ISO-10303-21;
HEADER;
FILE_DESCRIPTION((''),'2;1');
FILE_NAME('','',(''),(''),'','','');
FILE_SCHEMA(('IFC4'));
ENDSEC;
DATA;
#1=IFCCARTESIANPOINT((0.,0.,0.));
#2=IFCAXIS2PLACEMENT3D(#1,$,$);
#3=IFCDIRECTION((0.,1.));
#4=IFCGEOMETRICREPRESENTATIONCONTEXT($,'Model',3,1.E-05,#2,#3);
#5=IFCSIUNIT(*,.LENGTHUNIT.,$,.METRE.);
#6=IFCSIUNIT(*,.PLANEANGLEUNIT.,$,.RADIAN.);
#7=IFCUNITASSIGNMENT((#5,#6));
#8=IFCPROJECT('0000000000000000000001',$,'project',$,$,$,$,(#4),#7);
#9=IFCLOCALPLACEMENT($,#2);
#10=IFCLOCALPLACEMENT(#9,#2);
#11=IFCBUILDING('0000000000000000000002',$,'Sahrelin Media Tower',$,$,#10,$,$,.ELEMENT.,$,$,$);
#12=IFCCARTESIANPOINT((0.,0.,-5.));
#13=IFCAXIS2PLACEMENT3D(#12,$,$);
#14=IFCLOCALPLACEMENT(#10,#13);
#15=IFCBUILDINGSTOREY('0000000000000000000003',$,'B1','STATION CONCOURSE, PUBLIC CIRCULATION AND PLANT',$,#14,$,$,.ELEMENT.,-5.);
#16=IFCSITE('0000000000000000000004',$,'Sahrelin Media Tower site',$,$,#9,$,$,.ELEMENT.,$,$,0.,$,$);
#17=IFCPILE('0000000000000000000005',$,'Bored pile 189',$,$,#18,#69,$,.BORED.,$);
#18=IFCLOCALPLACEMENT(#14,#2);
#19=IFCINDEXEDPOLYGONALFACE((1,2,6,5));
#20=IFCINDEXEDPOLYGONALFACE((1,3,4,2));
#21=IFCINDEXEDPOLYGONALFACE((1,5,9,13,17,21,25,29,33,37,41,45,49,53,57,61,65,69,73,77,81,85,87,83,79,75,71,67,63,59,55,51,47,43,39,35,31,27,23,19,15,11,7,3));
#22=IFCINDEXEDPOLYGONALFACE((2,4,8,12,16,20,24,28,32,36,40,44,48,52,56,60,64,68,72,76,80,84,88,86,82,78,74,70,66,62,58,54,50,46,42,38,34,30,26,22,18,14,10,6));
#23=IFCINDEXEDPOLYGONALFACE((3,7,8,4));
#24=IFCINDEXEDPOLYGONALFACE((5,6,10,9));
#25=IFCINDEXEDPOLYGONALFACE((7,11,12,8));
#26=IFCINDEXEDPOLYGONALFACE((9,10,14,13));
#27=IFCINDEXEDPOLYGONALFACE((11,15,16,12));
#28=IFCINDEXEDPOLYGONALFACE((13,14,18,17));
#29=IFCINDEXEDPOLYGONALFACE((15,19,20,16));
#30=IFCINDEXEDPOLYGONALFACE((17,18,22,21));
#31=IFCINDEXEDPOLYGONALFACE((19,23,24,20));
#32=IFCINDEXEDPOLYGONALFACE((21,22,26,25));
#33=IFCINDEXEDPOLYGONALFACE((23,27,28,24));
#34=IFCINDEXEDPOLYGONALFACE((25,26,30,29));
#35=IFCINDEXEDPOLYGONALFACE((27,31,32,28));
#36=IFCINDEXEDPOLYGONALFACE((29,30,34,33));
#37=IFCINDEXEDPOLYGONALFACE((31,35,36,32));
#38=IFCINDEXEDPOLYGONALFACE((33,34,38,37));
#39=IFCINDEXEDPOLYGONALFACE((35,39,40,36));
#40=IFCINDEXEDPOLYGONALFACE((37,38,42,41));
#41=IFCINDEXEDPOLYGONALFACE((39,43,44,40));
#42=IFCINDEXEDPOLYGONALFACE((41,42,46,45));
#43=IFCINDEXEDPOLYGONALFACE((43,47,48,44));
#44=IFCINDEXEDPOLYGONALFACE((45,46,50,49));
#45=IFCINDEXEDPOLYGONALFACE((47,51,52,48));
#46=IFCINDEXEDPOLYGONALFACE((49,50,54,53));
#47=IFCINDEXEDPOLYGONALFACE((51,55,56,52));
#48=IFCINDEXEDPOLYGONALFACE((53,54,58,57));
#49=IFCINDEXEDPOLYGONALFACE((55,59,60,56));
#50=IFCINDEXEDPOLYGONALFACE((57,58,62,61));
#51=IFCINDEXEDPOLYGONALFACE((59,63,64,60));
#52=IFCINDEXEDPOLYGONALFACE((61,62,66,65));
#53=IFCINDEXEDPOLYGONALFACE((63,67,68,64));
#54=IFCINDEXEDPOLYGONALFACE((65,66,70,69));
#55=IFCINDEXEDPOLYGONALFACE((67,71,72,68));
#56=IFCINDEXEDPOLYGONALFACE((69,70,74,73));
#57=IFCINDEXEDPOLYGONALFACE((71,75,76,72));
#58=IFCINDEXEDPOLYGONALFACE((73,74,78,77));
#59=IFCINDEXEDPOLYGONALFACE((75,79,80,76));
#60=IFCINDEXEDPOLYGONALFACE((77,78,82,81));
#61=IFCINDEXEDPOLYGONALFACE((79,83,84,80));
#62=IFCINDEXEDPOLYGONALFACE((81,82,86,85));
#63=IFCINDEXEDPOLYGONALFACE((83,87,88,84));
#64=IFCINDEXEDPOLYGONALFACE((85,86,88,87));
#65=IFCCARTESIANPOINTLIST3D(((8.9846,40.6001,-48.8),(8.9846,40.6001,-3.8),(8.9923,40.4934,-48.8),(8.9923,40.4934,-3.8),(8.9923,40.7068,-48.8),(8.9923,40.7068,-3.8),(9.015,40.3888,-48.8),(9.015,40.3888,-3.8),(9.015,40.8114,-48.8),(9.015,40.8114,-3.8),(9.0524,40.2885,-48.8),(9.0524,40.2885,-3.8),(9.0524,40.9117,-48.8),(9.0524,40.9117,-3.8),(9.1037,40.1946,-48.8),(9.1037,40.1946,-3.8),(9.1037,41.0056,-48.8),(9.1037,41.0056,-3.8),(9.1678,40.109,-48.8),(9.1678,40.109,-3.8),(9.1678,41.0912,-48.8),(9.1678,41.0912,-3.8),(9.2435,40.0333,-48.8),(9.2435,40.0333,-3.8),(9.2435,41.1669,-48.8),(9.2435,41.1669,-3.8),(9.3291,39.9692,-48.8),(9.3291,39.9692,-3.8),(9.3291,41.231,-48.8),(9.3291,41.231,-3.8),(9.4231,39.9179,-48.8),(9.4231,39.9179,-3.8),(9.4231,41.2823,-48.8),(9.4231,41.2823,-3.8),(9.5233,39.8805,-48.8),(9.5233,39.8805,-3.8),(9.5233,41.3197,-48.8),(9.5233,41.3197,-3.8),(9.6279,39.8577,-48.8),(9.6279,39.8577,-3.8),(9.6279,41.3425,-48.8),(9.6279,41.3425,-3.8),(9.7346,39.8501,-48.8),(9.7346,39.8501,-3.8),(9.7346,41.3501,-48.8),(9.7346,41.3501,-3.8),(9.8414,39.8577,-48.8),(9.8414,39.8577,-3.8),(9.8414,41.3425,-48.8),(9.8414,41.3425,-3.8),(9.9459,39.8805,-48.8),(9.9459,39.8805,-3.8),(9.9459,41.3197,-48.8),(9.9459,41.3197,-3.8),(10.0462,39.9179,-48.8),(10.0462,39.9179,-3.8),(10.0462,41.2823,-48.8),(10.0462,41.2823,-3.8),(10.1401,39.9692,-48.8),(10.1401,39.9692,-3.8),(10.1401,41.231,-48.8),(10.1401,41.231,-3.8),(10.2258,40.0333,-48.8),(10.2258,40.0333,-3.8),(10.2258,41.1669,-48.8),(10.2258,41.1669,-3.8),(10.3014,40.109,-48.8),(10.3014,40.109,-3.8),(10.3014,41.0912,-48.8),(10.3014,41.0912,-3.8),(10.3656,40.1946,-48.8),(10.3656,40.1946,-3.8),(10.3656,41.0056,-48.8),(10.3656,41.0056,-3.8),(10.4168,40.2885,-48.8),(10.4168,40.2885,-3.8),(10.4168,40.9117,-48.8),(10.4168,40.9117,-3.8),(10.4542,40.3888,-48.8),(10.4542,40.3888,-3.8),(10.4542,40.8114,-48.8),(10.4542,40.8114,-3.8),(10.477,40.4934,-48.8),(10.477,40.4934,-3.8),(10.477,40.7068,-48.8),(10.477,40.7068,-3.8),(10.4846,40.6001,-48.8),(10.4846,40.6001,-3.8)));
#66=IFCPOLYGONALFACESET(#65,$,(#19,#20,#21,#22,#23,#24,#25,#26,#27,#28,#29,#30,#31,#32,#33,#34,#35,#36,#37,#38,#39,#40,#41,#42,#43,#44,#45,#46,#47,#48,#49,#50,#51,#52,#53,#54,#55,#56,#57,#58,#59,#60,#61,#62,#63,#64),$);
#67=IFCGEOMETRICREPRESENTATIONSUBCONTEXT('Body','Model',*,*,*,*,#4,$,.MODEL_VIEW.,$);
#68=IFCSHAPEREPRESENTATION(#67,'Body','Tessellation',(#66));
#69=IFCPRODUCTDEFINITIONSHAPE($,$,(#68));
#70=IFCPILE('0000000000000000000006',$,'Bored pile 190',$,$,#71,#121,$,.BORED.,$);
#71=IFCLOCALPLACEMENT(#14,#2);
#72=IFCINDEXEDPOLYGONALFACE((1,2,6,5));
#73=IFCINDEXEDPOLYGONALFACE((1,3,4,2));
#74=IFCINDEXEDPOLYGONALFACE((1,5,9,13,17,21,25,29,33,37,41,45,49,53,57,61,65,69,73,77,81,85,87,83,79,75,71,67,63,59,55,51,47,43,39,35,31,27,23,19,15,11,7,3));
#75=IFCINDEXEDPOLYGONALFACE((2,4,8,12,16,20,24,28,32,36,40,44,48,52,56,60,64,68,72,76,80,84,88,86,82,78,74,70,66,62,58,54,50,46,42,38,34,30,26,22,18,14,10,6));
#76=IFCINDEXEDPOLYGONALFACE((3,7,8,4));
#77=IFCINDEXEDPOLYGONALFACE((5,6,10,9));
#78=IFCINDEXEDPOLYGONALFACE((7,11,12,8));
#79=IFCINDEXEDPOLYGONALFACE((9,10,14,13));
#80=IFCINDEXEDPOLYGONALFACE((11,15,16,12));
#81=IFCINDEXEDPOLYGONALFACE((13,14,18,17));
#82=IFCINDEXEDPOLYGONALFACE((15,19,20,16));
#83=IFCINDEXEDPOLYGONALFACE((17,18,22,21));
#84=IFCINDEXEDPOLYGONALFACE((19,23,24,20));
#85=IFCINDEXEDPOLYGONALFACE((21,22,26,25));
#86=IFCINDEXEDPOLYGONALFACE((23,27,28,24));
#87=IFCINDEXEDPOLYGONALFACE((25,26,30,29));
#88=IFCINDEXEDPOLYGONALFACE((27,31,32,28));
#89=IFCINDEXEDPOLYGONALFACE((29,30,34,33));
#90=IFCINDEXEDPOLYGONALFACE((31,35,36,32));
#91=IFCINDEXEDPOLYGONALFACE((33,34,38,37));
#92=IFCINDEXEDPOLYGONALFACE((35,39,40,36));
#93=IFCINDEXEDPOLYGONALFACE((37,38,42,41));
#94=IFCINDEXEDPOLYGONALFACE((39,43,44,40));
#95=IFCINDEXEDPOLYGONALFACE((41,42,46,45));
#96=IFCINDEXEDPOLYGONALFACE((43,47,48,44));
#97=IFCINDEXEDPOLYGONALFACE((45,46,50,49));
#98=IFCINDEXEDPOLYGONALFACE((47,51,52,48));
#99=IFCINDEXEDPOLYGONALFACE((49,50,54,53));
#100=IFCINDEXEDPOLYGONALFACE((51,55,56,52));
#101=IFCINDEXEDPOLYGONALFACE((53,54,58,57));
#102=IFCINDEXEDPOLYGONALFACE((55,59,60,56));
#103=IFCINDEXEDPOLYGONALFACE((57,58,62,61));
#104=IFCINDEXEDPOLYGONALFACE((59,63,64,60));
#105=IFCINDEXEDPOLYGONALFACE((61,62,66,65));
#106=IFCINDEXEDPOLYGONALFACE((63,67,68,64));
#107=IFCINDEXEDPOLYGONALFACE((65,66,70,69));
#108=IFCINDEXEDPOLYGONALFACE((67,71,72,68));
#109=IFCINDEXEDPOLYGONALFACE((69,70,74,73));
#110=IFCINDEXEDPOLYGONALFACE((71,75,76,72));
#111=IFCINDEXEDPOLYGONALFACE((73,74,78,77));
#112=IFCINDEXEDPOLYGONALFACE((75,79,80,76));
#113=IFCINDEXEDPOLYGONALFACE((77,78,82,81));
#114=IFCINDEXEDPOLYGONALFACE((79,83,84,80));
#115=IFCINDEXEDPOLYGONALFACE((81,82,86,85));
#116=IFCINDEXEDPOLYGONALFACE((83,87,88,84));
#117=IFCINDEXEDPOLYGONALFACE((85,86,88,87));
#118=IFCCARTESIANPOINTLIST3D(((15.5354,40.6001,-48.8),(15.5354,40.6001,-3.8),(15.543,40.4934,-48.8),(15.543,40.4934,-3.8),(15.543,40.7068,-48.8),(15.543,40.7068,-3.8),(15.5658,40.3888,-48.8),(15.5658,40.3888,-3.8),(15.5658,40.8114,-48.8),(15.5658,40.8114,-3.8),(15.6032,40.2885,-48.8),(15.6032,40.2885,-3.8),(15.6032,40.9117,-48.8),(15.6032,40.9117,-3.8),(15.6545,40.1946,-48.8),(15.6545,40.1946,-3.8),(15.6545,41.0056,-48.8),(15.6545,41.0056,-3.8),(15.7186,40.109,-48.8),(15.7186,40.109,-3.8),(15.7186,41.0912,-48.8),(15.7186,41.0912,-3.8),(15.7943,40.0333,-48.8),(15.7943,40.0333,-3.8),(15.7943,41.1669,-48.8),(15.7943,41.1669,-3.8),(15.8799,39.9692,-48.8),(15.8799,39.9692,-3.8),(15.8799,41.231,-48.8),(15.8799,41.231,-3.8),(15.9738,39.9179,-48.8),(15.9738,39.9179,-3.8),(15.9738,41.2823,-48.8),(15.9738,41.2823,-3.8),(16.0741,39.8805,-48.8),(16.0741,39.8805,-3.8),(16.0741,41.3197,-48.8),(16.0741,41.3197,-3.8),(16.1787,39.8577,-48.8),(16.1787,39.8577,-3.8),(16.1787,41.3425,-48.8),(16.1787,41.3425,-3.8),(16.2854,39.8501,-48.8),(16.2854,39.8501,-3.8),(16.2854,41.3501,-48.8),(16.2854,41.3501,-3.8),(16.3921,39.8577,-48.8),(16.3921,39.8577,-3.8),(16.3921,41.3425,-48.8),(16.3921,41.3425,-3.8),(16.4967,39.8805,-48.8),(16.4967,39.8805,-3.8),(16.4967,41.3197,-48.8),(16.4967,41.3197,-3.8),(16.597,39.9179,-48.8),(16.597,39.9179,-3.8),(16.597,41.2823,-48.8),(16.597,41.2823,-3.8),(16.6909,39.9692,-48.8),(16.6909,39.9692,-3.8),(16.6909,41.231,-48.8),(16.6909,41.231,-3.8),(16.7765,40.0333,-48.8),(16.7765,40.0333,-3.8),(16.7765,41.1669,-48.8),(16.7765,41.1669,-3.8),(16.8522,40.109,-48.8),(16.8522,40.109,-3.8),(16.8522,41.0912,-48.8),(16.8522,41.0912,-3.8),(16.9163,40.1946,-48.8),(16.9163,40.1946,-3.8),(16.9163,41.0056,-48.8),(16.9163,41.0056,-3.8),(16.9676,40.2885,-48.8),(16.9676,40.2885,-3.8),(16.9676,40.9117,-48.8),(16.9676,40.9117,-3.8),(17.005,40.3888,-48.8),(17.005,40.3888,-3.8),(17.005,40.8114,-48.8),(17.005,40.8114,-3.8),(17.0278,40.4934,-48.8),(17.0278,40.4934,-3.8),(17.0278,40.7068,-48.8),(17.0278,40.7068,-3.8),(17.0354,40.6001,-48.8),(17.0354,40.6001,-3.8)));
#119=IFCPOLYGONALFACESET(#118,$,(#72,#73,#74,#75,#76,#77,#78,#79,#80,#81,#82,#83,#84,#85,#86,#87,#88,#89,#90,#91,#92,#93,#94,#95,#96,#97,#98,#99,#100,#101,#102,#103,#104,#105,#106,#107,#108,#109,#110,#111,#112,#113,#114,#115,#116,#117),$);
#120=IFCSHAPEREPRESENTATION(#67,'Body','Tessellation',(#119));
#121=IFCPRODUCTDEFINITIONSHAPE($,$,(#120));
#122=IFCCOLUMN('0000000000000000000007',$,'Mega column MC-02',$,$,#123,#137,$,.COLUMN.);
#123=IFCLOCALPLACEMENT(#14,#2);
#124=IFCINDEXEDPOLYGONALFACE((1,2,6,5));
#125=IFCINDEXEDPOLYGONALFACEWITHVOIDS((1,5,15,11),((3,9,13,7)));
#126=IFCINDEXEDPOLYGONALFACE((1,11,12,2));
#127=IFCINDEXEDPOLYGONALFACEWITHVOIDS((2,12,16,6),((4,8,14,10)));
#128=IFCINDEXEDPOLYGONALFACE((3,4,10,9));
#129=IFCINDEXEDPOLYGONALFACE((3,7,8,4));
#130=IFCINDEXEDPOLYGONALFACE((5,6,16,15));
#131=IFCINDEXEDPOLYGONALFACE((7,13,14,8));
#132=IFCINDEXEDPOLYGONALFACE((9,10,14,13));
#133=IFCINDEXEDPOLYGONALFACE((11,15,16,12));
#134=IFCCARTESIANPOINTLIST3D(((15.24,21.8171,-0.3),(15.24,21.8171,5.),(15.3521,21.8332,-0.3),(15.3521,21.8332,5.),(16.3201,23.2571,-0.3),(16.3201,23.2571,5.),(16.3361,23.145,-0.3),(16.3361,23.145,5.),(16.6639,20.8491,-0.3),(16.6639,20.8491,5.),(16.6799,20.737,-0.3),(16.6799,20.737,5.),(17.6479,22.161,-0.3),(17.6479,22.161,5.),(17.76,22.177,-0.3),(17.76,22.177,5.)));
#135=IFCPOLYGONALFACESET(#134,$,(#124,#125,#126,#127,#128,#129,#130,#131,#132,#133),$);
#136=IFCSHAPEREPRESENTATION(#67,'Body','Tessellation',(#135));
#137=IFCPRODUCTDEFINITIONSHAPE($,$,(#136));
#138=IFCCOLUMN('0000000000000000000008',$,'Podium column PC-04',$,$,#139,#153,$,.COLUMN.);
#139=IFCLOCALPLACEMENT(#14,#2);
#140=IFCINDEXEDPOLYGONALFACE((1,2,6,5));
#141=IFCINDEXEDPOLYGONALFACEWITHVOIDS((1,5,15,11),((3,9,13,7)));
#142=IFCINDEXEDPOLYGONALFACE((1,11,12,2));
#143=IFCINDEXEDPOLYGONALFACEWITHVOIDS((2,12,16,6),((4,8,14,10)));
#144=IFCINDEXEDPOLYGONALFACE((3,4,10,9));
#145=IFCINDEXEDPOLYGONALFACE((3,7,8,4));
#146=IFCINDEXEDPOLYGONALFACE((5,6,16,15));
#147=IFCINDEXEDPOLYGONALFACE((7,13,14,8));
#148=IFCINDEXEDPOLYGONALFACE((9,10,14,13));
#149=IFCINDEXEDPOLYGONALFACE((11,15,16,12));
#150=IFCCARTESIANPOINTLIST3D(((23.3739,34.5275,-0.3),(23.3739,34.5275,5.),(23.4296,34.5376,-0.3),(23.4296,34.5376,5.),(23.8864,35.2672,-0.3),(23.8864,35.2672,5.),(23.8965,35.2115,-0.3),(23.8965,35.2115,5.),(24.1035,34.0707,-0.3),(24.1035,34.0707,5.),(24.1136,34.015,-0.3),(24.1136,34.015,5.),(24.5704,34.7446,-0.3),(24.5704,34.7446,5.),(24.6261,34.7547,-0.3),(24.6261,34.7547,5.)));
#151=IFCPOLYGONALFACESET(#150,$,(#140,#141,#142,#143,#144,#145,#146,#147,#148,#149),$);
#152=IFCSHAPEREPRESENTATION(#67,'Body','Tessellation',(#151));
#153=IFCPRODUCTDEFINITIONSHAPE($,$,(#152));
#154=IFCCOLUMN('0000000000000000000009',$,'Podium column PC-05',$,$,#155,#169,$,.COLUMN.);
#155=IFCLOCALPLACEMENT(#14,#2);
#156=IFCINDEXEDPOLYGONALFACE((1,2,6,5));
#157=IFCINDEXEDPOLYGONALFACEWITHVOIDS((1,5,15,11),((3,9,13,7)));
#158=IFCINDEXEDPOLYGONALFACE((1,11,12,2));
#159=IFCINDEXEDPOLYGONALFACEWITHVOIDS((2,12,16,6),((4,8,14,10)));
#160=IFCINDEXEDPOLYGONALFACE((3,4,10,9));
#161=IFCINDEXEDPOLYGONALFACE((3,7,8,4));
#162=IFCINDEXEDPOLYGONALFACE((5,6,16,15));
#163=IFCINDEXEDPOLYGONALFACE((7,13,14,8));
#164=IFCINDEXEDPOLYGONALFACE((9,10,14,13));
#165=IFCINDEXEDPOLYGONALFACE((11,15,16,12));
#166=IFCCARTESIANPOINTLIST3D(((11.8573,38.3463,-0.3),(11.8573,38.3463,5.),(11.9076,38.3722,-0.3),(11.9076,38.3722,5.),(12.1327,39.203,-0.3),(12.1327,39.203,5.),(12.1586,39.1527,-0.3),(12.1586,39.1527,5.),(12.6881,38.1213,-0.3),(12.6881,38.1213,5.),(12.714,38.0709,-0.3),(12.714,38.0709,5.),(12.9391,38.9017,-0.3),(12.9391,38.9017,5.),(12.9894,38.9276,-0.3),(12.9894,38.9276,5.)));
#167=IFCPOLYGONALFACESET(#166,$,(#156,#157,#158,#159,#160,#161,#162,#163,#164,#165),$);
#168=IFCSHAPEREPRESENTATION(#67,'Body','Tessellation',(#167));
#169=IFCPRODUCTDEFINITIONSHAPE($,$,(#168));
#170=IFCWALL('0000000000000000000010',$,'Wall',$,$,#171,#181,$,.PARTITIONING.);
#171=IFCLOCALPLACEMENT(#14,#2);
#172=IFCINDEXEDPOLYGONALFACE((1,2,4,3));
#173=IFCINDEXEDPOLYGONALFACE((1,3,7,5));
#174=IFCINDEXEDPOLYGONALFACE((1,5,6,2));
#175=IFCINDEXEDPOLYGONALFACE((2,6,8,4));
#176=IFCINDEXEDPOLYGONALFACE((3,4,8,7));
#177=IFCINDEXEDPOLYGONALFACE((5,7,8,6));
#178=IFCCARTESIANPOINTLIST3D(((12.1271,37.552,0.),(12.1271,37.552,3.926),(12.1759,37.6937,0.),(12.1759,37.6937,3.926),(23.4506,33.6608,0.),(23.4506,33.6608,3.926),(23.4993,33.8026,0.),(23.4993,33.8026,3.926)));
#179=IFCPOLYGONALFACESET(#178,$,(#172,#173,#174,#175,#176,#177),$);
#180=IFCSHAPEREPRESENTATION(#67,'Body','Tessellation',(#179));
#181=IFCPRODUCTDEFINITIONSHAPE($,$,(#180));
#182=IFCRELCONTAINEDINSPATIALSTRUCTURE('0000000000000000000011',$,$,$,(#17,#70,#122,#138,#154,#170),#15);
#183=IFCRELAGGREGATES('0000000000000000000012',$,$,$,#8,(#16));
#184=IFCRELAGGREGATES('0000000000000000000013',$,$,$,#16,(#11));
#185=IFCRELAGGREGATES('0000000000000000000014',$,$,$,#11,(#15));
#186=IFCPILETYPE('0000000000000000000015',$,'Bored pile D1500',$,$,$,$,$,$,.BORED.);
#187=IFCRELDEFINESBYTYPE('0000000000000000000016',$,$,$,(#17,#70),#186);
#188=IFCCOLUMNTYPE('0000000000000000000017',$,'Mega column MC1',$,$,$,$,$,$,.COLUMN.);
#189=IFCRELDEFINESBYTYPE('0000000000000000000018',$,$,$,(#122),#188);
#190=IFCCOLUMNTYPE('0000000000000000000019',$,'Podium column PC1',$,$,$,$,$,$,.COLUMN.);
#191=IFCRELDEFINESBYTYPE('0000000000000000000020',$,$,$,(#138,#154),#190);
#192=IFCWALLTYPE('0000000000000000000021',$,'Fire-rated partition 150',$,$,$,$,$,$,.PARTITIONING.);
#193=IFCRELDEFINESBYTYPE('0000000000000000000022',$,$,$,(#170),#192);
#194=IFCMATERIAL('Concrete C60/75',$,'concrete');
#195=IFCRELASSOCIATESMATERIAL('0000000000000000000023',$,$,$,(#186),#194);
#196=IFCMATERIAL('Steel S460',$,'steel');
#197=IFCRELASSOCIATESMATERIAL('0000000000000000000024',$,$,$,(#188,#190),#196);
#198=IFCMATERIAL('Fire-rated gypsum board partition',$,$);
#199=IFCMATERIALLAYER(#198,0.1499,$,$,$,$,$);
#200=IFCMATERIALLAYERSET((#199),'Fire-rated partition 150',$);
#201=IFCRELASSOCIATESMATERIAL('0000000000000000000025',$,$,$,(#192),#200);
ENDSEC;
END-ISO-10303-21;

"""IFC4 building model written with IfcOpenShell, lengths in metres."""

from ifc_helpers import new_model, si_unit, direction, frame, frame_2d, origin, origin_2d, place, context, subcontext, project, spatial, rectangle, hollow_rectangle, circle, extrude, material, layer, layer_set, material_profile, profile_set, type_object, element, save


model = new_model("IFC4")

# Units and contexts
model_context = context("Model", 3, precision=1e-05, world=origin(), true_north=direction((0.0, 1.0)))
body_context = subcontext(model_context, "Body", "Model", "MODEL_VIEW")
ifc_project = project(units=[si_unit("LENGTHUNIT", "METRE"), si_unit("PLANEANGLEUNIT", "RADIAN")], contexts=[model_context])

# Site, building, storey
site_placement = place(None, origin())
site = spatial("IfcSite", under=ifc_project, at=site_placement, Name="Sahrelin Media Tower site", CompositionType="ELEMENT", RefElevation=0.0)
building_placement = place(site_placement, origin())
building = spatial("IfcBuilding", under=site, at=building_placement, Name="Sahrelin Media Tower", CompositionType="ELEMENT")
storey_placement = place(building_placement, frame((0.0, 0.0, -5.0)))
storey = spatial("IfcBuildingStorey", under=building, at=storey_placement, Name="B1", Description="STATION CONCOURSE, PUBLIC CIRCULATION AND PLANT", CompositionType="ELEMENT", Elevation=-5.0)

# Piles
ifc_material_1 = material(Name="Concrete C60/75", Category="concrete")
ifc_material_profile_1 = material_profile(ifc_material_1, circle(Radius=0.75, at=origin_2d()), Name="Bored pile D1500")
ifc_profile_set_1 = profile_set([ifc_material_profile_1], Name="Concrete C60/75")
pile_type = type_object("IfcPileType", Name="Bored pile D1500", PredefinedType="BORED", material=ifc_profile_set_1)
for number, where, z_axis, x_axis, name in (
    (1, (9.7346, 40.6001, -3.8), (0.0, 0.0, -1.0), (1.0, 0.0, 0.0), "Bored pile 189"),
    (2, (16.2854, 40.6001, -3.8), (0.0, 0.0, -1.0), (1.0, 0.0, 0.0), "Bored pile 190"),
):
    element("IfcPile", number, at=place(storey_placement, frame(where, z_axis=z_axis, x_axis=x_axis)), inside=storey, type_object=pile_type, Name=name, PredefinedType="BORED", context=body_context, shape_type="SweptSolid", body=[
        extrude(circle(Radius=0.75, at=origin_2d()), origin(), (0.0, 0.0, 1.0), 45.0),
    ])

# Columns
ifc_material_2 = material(Name="Steel S460", Category="steel")
ifc_material_profile_2 = material_profile(ifc_material_2, hollow_rectangle(XDim=1.8, YDim=1.8, WallThickness=0.0801, at=origin_2d()), Name="Mega column MC1")
ifc_profile_set_2 = profile_set([ifc_material_profile_2], Name="Steel S460")
column_type_1 = type_object("IfcColumnType", Name="Mega column MC1", PredefinedType="COLUMN", material=ifc_profile_set_2)
column_placement = place(storey_placement, frame((16.5, 21.9971, -0.3), z_axis=(0.0, 0.0, 1.0), x_axis=(0.600052, 0.799961, 0.0)))
element("IfcColumn", 3, at=column_placement, inside=storey, type_object=column_type_1, Name="Mega column MC-02", PredefinedType="COLUMN", context=body_context, shape_type="SweptSolid", body=[
    extrude(hollow_rectangle(XDim=1.8, YDim=1.8, WallThickness=0.0801, at=origin_2d()), origin(), (0.0, 0.0, 1.0), 5.3),
])
ifc_material_profile_3 = material_profile(ifc_material_2, hollow_rectangle(XDim=0.8999, YDim=0.8999, WallThickness=0.04, at=origin_2d()), Name="Podium column PC1")
ifc_profile_set_3 = profile_set([ifc_material_profile_3], Name="Steel S460")
column_type_2 = type_object("IfcColumnType", Name="Podium column PC1", PredefinedType="COLUMN", material=ifc_profile_set_3)
for number, where, z_axis, x_axis, name in (
    (4, (24.0, 34.6411, -0.3), (0.0, 0.0, 1.0), (0.569495, 0.821995, 0.0), "Podium column PC-04"),
    (5, (12.4233, 38.637, -0.3), (0.0, 0.0, 1.0), (0.306104, 0.951998, 0.0), "Podium column PC-05"),
):
    element("IfcColumn", number, at=place(storey_placement, frame(where, z_axis=z_axis, x_axis=x_axis)), inside=storey, type_object=column_type_2, Name=name, PredefinedType="COLUMN", context=body_context, shape_type="SweptSolid", body=[
        extrude(hollow_rectangle(XDim=0.8999, YDim=0.8999, WallThickness=0.04, at=origin_2d()), origin(), (0.0, 0.0, 1.0), 5.3),
    ])

# Wall
ifc_material_3 = material(Name="Fire-rated gypsum board partition")
ifc_layer = layer(ifc_material_3, 0.1499)
ifc_layer_set = layer_set([ifc_layer], Name="Fire-rated partition 150")
wall_type = type_object("IfcWallType", Name="Fire-rated partition 150", PredefinedType="PARTITIONING", material=ifc_layer_set)
wall_1_placement = place(storey_placement, frame((23.4751, 33.7317, 0.0), z_axis=(0.0, 0.0, 1.0), x_axis=(-0.945721, 0.32498, 0.0)))
element("IfcWall", 6, at=wall_1_placement, inside=storey, type_object=wall_type, Name="Wall", PredefinedType="PARTITIONING", context=body_context, shape_type="SweptSolid", body=[
    extrude(rectangle(XDim=11.9734, YDim=0.1499, at=frame_2d((5.9868, 0.0))), origin(), (0.0, 0.0, 1.0), 3.926),
])

save(model, "model.ifc")
